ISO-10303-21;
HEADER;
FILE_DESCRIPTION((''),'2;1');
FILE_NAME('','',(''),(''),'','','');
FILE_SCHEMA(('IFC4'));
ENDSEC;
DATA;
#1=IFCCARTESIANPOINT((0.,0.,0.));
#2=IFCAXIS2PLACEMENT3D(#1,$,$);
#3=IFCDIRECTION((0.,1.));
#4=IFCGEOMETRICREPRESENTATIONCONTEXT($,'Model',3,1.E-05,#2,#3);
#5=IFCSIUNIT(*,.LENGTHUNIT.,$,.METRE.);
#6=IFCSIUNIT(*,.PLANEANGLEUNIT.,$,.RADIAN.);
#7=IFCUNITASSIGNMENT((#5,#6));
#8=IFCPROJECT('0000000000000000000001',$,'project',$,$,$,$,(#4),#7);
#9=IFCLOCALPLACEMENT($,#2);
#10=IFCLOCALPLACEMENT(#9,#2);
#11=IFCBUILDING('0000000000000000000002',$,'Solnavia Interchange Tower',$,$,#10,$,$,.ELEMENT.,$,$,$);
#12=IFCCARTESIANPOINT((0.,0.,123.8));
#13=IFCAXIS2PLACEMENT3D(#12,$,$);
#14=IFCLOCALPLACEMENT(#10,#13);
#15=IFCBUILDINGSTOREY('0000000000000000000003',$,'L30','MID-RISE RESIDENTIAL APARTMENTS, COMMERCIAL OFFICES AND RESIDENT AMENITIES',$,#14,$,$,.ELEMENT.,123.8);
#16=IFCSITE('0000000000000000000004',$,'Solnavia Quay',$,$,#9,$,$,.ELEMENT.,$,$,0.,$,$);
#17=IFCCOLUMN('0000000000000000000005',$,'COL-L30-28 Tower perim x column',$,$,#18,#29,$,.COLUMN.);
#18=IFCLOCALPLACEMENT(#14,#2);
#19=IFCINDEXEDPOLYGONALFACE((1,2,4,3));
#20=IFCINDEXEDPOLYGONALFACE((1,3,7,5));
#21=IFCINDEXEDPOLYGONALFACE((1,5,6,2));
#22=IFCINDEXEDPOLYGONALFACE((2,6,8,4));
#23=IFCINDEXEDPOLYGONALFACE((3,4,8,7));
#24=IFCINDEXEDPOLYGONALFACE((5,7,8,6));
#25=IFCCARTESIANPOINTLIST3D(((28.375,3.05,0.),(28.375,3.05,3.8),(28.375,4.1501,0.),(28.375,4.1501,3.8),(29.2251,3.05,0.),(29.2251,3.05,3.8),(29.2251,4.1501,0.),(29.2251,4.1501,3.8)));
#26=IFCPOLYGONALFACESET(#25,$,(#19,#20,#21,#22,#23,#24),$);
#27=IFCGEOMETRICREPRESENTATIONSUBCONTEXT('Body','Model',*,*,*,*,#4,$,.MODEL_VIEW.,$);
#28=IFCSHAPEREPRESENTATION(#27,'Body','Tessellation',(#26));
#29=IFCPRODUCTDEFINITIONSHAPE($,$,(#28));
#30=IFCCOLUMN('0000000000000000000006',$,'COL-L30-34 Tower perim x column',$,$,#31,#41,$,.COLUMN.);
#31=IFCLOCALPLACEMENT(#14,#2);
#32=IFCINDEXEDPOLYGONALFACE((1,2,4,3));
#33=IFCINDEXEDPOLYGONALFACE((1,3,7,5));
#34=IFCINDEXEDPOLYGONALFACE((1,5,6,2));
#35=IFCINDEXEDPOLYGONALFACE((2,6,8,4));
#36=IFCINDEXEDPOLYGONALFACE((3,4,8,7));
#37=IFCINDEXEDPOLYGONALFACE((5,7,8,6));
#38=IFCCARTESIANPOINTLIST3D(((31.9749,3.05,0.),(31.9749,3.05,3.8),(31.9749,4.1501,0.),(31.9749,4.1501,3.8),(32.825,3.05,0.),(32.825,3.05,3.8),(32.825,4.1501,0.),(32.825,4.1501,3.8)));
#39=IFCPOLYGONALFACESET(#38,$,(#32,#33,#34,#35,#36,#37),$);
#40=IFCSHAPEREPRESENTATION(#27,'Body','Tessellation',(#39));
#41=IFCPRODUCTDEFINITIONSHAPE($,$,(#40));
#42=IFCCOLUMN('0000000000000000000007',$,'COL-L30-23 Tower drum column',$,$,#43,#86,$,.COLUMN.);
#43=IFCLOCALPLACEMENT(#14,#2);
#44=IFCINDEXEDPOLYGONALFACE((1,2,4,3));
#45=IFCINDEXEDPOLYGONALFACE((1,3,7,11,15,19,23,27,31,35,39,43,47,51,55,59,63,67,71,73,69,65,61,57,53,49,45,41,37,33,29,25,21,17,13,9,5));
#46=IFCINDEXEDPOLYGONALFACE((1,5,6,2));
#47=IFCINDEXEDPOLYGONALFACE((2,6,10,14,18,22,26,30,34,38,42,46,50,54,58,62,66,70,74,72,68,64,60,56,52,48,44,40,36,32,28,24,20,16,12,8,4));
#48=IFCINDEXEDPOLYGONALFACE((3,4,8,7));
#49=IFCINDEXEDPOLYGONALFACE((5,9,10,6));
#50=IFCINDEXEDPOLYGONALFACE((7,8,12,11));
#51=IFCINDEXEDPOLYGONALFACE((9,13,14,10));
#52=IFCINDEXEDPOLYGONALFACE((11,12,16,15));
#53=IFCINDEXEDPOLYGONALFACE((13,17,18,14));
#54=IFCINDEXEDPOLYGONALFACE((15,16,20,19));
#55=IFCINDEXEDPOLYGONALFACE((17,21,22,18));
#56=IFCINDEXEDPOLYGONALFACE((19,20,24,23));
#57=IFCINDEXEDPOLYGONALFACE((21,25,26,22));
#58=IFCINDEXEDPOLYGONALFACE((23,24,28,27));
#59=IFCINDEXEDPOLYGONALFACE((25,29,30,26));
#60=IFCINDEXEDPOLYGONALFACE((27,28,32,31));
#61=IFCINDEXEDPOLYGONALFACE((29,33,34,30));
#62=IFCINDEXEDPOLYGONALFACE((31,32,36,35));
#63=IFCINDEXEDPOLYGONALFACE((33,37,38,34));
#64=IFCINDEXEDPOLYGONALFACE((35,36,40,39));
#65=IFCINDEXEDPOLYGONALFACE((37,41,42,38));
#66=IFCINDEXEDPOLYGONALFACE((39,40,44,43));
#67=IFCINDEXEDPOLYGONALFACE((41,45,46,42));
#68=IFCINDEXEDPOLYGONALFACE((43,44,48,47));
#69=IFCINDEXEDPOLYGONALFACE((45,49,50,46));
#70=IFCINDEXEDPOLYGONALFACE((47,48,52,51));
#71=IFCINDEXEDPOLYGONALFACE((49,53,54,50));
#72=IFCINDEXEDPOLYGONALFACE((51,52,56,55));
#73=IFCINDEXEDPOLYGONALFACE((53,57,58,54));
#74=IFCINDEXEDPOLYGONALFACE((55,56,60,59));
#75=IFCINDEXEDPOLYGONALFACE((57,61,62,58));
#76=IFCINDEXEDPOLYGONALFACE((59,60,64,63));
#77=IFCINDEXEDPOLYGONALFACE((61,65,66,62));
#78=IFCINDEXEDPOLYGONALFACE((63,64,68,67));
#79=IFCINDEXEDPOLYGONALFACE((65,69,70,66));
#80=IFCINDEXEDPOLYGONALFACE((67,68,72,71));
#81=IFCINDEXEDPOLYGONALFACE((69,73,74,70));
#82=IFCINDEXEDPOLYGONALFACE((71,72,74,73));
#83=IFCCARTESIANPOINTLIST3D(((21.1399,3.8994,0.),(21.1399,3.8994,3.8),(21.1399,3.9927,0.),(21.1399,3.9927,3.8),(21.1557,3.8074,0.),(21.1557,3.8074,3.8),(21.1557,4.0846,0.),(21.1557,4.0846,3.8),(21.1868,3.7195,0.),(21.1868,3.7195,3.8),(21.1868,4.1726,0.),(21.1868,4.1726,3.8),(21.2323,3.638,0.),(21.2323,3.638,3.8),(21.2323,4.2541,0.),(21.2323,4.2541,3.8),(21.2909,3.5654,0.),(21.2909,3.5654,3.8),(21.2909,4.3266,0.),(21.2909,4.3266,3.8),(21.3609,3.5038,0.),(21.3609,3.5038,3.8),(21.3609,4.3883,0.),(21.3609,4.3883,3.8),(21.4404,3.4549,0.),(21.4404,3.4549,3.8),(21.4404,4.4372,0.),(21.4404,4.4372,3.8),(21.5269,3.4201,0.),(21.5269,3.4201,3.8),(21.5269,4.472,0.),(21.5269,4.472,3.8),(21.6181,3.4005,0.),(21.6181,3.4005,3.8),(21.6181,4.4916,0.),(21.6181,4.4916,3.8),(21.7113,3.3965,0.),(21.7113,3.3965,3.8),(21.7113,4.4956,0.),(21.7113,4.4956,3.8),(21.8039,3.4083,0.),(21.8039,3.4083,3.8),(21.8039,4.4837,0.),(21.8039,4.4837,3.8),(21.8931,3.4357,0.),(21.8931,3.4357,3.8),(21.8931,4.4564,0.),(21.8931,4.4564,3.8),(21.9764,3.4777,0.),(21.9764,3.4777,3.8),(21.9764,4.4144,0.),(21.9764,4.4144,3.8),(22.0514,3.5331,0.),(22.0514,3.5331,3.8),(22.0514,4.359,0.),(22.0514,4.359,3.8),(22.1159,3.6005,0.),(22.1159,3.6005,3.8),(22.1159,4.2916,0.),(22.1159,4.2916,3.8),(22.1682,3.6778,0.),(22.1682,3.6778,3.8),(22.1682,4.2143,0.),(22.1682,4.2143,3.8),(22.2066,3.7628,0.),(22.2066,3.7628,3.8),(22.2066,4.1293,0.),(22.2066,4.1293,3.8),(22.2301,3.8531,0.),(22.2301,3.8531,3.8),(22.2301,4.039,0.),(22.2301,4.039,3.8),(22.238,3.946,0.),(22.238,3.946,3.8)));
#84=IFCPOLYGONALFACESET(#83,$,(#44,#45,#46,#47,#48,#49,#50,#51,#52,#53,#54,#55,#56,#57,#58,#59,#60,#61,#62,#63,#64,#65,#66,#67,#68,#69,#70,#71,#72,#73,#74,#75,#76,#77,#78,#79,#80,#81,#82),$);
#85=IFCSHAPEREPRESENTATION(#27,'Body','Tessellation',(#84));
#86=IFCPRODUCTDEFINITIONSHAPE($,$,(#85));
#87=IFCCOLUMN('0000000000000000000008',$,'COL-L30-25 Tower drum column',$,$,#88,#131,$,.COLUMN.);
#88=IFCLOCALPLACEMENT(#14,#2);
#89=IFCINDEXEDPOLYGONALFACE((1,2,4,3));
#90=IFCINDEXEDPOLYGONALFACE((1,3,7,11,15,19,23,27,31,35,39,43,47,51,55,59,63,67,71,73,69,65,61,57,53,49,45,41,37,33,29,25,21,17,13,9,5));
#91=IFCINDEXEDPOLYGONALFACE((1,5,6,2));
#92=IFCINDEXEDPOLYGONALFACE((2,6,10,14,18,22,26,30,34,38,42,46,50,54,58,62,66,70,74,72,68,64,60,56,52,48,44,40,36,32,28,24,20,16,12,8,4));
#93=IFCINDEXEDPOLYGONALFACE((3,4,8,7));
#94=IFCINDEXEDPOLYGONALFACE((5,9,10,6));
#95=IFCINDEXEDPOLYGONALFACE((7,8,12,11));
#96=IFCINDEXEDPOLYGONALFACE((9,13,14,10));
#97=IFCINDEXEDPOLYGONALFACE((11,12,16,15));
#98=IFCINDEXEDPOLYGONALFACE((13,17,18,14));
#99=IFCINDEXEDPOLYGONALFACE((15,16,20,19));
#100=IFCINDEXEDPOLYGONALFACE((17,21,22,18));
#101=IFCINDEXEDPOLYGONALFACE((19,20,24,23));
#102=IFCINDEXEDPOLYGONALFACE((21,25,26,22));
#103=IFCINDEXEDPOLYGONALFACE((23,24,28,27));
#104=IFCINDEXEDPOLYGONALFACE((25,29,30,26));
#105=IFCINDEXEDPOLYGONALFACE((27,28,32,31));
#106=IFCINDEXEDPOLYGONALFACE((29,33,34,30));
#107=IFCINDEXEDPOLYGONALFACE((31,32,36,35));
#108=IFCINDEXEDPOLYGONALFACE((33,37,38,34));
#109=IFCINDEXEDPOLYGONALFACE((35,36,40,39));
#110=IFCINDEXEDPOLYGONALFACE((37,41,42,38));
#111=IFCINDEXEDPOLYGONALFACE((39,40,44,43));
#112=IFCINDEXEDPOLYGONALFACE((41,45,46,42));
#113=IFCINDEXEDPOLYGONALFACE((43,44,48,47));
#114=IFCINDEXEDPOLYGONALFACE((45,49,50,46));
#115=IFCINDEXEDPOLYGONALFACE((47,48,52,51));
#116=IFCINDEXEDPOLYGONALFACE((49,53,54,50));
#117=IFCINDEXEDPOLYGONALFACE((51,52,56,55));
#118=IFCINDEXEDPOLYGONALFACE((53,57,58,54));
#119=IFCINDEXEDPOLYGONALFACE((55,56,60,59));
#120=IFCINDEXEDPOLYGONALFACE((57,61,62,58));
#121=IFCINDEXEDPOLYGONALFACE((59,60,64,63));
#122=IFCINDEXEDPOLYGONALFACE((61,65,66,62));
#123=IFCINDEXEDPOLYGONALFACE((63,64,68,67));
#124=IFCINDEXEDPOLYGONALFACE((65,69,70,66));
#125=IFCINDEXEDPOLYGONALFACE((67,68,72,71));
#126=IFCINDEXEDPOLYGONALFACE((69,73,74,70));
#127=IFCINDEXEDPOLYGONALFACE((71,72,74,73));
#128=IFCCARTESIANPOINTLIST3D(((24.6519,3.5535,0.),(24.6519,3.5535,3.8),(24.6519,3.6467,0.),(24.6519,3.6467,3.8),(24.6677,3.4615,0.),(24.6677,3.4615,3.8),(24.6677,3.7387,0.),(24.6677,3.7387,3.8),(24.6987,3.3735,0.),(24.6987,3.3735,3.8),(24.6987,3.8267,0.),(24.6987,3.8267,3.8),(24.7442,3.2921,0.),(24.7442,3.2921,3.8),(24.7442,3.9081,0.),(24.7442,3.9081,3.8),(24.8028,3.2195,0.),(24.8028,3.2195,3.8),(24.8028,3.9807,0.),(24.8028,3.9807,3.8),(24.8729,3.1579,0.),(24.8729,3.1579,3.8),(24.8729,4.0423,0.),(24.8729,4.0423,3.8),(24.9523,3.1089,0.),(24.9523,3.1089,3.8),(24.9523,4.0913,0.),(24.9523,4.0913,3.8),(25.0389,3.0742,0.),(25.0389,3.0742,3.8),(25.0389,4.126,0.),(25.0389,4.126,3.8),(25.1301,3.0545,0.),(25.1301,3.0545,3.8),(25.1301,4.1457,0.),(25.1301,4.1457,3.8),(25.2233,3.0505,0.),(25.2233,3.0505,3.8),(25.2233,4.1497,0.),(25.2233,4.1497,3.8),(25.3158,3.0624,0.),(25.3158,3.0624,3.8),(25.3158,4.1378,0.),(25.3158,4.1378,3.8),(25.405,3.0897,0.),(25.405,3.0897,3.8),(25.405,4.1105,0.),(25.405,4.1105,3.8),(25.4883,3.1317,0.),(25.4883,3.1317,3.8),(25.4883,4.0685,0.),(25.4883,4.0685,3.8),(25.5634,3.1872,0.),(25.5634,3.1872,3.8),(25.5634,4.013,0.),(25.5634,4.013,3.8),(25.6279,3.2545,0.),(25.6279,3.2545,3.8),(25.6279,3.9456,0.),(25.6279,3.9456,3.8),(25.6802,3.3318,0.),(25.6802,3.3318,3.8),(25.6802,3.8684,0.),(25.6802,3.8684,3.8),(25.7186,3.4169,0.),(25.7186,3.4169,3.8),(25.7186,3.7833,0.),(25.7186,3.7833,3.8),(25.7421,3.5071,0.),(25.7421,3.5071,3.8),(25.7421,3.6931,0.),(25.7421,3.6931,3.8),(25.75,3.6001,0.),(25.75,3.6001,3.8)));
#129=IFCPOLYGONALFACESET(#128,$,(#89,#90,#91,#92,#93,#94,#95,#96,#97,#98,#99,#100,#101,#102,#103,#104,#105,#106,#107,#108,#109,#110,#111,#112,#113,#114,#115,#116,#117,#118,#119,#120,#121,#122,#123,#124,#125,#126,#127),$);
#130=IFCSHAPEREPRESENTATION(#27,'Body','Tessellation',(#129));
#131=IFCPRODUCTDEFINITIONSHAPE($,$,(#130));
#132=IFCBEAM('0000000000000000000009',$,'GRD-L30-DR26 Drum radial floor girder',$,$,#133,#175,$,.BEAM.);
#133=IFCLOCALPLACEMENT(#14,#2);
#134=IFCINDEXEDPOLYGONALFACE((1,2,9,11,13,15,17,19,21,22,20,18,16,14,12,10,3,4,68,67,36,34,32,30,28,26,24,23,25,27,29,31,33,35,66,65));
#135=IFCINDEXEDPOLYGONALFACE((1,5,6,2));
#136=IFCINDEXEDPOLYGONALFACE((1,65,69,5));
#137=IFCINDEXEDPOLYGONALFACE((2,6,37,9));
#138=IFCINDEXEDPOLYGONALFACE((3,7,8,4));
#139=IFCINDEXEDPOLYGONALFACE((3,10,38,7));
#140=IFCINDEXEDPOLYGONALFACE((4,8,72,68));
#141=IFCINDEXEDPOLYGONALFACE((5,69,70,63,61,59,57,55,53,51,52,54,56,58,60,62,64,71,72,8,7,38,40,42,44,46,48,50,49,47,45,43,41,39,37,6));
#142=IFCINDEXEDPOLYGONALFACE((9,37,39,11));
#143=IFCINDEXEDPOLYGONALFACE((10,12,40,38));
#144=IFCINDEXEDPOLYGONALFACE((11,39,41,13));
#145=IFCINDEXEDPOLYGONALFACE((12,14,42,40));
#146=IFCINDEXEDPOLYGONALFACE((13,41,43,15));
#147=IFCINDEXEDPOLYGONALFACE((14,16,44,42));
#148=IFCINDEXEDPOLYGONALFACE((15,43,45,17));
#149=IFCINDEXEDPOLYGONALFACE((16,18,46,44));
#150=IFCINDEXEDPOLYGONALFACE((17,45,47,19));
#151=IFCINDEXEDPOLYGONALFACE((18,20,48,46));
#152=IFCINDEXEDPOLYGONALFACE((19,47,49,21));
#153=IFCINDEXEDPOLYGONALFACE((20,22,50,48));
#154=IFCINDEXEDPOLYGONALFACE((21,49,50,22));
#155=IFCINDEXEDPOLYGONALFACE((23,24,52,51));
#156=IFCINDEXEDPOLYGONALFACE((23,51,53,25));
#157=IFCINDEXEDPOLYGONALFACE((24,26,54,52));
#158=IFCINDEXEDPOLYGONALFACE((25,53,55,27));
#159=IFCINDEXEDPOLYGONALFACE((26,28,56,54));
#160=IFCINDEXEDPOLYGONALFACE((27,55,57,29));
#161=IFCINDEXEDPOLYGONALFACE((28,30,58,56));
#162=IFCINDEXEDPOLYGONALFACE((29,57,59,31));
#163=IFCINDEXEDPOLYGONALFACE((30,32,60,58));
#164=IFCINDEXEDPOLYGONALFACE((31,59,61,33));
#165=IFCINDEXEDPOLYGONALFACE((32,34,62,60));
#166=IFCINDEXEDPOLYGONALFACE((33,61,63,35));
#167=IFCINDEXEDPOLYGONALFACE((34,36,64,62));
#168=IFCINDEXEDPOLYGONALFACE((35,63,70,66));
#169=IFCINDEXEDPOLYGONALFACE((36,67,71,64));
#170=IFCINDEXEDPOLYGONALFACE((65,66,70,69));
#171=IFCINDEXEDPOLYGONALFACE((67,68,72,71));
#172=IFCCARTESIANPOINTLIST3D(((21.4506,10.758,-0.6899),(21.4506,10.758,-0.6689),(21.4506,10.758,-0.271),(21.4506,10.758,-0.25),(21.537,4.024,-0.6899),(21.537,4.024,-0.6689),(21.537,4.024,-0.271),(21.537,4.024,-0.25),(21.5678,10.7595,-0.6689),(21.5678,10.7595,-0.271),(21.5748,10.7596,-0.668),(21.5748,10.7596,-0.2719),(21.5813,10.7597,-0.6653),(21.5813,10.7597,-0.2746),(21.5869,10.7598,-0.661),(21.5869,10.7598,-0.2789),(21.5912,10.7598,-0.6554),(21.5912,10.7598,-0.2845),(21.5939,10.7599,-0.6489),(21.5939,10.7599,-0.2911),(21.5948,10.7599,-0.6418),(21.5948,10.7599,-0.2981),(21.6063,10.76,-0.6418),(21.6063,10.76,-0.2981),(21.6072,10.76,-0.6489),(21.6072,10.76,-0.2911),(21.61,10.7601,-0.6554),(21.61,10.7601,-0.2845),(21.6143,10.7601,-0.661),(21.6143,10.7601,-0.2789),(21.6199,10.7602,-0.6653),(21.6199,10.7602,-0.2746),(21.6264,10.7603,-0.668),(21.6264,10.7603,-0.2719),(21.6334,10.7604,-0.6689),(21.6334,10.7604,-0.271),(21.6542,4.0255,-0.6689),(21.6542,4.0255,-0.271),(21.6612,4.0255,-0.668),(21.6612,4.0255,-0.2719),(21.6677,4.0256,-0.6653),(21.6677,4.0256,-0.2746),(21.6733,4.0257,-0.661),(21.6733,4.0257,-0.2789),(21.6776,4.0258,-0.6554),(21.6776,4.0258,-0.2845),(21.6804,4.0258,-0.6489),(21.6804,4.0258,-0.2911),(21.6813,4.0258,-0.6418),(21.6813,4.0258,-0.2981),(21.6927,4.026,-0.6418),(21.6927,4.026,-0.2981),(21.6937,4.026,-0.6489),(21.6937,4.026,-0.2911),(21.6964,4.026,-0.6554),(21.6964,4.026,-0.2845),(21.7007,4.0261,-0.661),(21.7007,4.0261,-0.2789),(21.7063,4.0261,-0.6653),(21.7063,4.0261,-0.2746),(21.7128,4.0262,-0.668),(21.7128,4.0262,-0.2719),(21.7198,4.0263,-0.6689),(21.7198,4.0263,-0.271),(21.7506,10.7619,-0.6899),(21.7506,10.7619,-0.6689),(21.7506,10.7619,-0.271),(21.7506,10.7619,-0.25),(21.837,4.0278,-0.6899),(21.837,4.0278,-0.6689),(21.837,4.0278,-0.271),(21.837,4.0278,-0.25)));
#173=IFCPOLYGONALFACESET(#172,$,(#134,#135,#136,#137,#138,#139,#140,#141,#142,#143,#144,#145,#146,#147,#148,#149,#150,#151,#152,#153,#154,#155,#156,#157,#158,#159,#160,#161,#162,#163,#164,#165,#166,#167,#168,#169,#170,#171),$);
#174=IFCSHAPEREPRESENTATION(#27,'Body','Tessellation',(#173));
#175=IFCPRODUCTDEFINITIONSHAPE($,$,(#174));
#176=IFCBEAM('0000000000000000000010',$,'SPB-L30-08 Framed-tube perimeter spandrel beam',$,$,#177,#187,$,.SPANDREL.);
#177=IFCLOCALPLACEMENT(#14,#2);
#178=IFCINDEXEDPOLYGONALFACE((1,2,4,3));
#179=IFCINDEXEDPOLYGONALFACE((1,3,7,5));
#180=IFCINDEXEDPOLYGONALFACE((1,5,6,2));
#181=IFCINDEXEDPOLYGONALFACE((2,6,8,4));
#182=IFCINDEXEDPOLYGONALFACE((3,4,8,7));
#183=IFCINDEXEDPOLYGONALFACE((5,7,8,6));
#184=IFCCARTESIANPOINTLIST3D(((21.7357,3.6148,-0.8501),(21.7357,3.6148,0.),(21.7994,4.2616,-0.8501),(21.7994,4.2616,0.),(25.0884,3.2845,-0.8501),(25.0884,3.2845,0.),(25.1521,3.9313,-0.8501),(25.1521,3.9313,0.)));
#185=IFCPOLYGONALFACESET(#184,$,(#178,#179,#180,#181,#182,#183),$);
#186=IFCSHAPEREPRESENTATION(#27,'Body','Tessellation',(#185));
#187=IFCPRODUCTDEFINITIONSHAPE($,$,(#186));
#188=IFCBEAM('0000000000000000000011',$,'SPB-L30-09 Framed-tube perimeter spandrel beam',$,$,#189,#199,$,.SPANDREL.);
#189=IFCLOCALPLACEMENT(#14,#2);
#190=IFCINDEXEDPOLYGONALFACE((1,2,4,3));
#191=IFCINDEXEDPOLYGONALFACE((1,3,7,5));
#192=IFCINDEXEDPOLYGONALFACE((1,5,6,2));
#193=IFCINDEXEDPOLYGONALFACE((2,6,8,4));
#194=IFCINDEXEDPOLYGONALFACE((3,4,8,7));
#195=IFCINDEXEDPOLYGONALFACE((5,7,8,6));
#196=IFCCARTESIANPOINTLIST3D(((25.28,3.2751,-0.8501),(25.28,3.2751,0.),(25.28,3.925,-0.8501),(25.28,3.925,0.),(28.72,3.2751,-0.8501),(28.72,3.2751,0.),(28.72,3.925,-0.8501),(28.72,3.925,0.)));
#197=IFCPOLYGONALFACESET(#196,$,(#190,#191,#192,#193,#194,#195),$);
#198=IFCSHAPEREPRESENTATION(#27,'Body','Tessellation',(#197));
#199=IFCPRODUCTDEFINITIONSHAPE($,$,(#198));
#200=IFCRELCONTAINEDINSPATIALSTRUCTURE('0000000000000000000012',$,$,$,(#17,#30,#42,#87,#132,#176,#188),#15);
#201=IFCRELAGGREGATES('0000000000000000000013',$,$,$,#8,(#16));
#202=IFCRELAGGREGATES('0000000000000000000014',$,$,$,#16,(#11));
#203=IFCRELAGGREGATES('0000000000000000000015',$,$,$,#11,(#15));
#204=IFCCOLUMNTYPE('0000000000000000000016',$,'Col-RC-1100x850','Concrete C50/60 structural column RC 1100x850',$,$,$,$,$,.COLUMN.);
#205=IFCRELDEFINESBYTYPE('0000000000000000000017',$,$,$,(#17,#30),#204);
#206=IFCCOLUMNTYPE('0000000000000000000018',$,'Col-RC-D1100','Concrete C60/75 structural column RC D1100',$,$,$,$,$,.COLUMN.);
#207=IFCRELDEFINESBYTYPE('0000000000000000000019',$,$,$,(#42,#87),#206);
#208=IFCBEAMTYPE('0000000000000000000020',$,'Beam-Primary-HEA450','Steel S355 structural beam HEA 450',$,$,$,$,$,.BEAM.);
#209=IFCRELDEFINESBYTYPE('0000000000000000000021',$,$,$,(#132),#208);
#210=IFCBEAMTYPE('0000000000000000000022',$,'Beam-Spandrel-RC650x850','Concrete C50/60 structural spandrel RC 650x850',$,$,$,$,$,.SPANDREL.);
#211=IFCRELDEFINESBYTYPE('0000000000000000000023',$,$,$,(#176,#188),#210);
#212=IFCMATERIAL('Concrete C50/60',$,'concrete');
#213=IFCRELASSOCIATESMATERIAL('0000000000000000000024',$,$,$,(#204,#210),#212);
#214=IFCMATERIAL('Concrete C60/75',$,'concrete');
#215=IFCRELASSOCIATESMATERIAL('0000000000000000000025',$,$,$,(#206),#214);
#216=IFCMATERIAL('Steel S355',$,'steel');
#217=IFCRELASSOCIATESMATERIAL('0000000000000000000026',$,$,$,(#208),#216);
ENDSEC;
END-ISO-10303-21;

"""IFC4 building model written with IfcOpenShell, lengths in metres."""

from ifc_helpers import new_model, si_unit, direction, frame, origin, origin_2d, place, context, subcontext, project, spatial, rectangle, circle, i_section, extrude, material, material_profile, profile_set, type_object, element, save


model = new_model("IFC4")

# Units and contexts
model_context = context("Model", 3, precision=1e-05, world=origin(), true_north=direction((0.0, 1.0)))
body_context = subcontext(model_context, "Body", "Model", "MODEL_VIEW")
ifc_project = project(units=[si_unit("LENGTHUNIT", "METRE"), si_unit("PLANEANGLEUNIT", "RADIAN")], contexts=[model_context])

# Site, building, storey
site_placement = place(None, origin())
site = spatial("IfcSite", under=ifc_project, at=site_placement, Name="Solnavia Quay", CompositionType="ELEMENT", RefElevation=0.0)
building_placement = place(site_placement, origin())
building = spatial("IfcBuilding", under=site, at=building_placement, Name="Solnavia Interchange Tower", CompositionType="ELEMENT")
storey_placement = place(building_placement, frame((0.0, 0.0, 123.8)))
storey = spatial("IfcBuildingStorey", under=building, at=storey_placement, Name="L30", Description="MID-RISE RESIDENTIAL APARTMENTS, COMMERCIAL OFFICES AND RESIDENT AMENITIES", CompositionType="ELEMENT", Elevation=123.8)

# Columns
ifc_material_1 = material(Name="Concrete C50/60", Category="concrete")
ifc_material_profile_1 = material_profile(ifc_material_1, rectangle(XDim=0.8501, YDim=1.1001, at=origin_2d()), Name="RC 1100x850")
ifc_profile_set_1 = profile_set([ifc_material_profile_1], Name="Concrete C50/60")
column_type_1 = type_object("IfcColumnType", Name="Col-RC-1100x850", Description="Concrete C50/60 structural column RC 1100x850", PredefinedType="COLUMN", material=ifc_profile_set_1)
for number, where, z_axis, x_axis, name in (
    (1, (28.8, 3.6001, 0.0), (0.0, 0.0, 1.0), (1.0, 0.0, 0.0), "COL-L30-28 Tower perim x column"),
    (2, (32.3999, 3.6001, 0.0), (0.0, 0.0, 1.0), (1.0, 0.0, 0.0), "COL-L30-34 Tower perim x column"),
):
    element("IfcColumn", number, at=place(storey_placement, frame(where, z_axis=z_axis, x_axis=x_axis)), inside=storey, type_object=column_type_1, Name=name, PredefinedType="COLUMN", context=body_context, shape_type="SweptSolid", body=[
        extrude(rectangle(XDim=0.8501, YDim=1.1001, at=origin_2d()), origin(), (0.0, 0.0, 1.0), 3.8),
    ])
ifc_material_2 = material(Name="Concrete C60/75", Category="concrete")
ifc_material_profile_2 = material_profile(ifc_material_2, circle(Radius=0.55, at=origin_2d()), Name="RC D1100")
ifc_profile_set_2 = profile_set([ifc_material_profile_2], Name="Concrete C60/75")
column_type_2 = type_object("IfcColumnType", Name="Col-RC-D1100", Description="Concrete C60/75 structural column RC D1100", PredefinedType="COLUMN", material=ifc_profile_set_2)
for number, where, z_axis, x_axis, name in (
    (3, (21.688, 3.946, 0.0), (0.0, 0.0, 1.0), (1.0, 0.0, 0.0), "COL-L30-23 Tower drum column"),
    (4, (25.2, 3.6001, 0.0), (0.0, 0.0, 1.0), (1.0, 0.0, 0.0), "COL-L30-25 Tower drum column"),
):
    element("IfcColumn", number, at=place(storey_placement, frame(where, z_axis=z_axis, x_axis=x_axis)), inside=storey, type_object=column_type_2, Name=name, PredefinedType="COLUMN", context=body_context, shape_type="SweptSolid", body=[
        extrude(circle(Radius=0.55, at=origin_2d()), origin(), (0.0, 0.0, 1.0), 3.8),
    ])

# Beams
ifc_material_3 = material(Name="Steel S355", Category="steel")
ifc_material_profile_3 = material_profile(ifc_material_3, i_section(OverallWidth=0.3, OverallDepth=0.4399, WebThickness=0.0115, FlangeThickness=0.021, FilletRadius=0.0271, at=origin_2d()), Name="HEA 450")
ifc_profile_set_3 = profile_set([ifc_material_profile_3], Name="Steel S355")
beam_type_1 = type_object("IfcBeamType", Name="Beam-Primary-HEA450", Description="Steel S355 structural beam HEA 450", PredefinedType="BEAM", material=ifc_profile_set_3)
beam_1_placement = place(storey_placement, frame((21.687, 4.0259, -0.47), z_axis=(-0.012833, 0.999918, 0.0), x_axis=(-0.999918, -0.012833, 0.0)))
element("IfcBeam", 5, at=beam_1_placement, inside=storey, type_object=beam_type_1, Name="GRD-L30-DR26 Drum radial floor girder", PredefinedType="BEAM", context=body_context, shape_type="SweptSolid", body=[
    extrude(i_section(OverallWidth=0.3, OverallDepth=0.4399, WebThickness=0.0115, FlangeThickness=0.021, FilletRadius=0.0271, at=origin_2d()), origin(), (0.0, 0.0, 1.0), 6.7346),
])
ifc_material_profile_4 = material_profile(ifc_material_1, rectangle(XDim=0.6499, YDim=0.8501, at=origin_2d()), Name="RC 650x850")
ifc_profile_set_4 = profile_set([ifc_material_profile_4], Name="Concrete C50/60")
beam_type_2 = type_object("IfcBeamType", Name="Beam-Spandrel-RC650x850", Description="Concrete C50/60 structural spandrel RC 650x850", PredefinedType="SPANDREL", material=ifc_profile_set_4)
beam_2_placement = place(storey_placement, frame((21.7676, 3.9382, -0.425), z_axis=(0.995182, -0.098047, 0.0), x_axis=(0.098047, 0.995182, 0.0)))
element("IfcBeam", 6, at=beam_2_placement, inside=storey, type_object=beam_type_2, Name="SPB-L30-08 Framed-tube perimeter spandrel beam", PredefinedType="SPANDREL", context=body_context, shape_type="SweptSolid", body=[
    extrude(rectangle(XDim=0.6499, YDim=0.8501, at=origin_2d()), origin(), (0.0, 0.0, 1.0), 3.3689),
])
beam_3_placement = place(storey_placement, frame((25.28, 3.6001, -0.425), z_axis=(1.0, 0.0, 0.0), x_axis=(0.0, 1.0, 0.0)))
element("IfcBeam", 7, at=beam_3_placement, inside=storey, type_object=beam_type_2, Name="SPB-L30-09 Framed-tube perimeter spandrel beam", PredefinedType="SPANDREL", context=body_context, shape_type="SweptSolid", body=[
    extrude(rectangle(XDim=0.6499, YDim=0.8501, at=origin_2d()), origin(), (0.0, 0.0, 1.0), 3.4399),
])

save(model, "model.ifc")
